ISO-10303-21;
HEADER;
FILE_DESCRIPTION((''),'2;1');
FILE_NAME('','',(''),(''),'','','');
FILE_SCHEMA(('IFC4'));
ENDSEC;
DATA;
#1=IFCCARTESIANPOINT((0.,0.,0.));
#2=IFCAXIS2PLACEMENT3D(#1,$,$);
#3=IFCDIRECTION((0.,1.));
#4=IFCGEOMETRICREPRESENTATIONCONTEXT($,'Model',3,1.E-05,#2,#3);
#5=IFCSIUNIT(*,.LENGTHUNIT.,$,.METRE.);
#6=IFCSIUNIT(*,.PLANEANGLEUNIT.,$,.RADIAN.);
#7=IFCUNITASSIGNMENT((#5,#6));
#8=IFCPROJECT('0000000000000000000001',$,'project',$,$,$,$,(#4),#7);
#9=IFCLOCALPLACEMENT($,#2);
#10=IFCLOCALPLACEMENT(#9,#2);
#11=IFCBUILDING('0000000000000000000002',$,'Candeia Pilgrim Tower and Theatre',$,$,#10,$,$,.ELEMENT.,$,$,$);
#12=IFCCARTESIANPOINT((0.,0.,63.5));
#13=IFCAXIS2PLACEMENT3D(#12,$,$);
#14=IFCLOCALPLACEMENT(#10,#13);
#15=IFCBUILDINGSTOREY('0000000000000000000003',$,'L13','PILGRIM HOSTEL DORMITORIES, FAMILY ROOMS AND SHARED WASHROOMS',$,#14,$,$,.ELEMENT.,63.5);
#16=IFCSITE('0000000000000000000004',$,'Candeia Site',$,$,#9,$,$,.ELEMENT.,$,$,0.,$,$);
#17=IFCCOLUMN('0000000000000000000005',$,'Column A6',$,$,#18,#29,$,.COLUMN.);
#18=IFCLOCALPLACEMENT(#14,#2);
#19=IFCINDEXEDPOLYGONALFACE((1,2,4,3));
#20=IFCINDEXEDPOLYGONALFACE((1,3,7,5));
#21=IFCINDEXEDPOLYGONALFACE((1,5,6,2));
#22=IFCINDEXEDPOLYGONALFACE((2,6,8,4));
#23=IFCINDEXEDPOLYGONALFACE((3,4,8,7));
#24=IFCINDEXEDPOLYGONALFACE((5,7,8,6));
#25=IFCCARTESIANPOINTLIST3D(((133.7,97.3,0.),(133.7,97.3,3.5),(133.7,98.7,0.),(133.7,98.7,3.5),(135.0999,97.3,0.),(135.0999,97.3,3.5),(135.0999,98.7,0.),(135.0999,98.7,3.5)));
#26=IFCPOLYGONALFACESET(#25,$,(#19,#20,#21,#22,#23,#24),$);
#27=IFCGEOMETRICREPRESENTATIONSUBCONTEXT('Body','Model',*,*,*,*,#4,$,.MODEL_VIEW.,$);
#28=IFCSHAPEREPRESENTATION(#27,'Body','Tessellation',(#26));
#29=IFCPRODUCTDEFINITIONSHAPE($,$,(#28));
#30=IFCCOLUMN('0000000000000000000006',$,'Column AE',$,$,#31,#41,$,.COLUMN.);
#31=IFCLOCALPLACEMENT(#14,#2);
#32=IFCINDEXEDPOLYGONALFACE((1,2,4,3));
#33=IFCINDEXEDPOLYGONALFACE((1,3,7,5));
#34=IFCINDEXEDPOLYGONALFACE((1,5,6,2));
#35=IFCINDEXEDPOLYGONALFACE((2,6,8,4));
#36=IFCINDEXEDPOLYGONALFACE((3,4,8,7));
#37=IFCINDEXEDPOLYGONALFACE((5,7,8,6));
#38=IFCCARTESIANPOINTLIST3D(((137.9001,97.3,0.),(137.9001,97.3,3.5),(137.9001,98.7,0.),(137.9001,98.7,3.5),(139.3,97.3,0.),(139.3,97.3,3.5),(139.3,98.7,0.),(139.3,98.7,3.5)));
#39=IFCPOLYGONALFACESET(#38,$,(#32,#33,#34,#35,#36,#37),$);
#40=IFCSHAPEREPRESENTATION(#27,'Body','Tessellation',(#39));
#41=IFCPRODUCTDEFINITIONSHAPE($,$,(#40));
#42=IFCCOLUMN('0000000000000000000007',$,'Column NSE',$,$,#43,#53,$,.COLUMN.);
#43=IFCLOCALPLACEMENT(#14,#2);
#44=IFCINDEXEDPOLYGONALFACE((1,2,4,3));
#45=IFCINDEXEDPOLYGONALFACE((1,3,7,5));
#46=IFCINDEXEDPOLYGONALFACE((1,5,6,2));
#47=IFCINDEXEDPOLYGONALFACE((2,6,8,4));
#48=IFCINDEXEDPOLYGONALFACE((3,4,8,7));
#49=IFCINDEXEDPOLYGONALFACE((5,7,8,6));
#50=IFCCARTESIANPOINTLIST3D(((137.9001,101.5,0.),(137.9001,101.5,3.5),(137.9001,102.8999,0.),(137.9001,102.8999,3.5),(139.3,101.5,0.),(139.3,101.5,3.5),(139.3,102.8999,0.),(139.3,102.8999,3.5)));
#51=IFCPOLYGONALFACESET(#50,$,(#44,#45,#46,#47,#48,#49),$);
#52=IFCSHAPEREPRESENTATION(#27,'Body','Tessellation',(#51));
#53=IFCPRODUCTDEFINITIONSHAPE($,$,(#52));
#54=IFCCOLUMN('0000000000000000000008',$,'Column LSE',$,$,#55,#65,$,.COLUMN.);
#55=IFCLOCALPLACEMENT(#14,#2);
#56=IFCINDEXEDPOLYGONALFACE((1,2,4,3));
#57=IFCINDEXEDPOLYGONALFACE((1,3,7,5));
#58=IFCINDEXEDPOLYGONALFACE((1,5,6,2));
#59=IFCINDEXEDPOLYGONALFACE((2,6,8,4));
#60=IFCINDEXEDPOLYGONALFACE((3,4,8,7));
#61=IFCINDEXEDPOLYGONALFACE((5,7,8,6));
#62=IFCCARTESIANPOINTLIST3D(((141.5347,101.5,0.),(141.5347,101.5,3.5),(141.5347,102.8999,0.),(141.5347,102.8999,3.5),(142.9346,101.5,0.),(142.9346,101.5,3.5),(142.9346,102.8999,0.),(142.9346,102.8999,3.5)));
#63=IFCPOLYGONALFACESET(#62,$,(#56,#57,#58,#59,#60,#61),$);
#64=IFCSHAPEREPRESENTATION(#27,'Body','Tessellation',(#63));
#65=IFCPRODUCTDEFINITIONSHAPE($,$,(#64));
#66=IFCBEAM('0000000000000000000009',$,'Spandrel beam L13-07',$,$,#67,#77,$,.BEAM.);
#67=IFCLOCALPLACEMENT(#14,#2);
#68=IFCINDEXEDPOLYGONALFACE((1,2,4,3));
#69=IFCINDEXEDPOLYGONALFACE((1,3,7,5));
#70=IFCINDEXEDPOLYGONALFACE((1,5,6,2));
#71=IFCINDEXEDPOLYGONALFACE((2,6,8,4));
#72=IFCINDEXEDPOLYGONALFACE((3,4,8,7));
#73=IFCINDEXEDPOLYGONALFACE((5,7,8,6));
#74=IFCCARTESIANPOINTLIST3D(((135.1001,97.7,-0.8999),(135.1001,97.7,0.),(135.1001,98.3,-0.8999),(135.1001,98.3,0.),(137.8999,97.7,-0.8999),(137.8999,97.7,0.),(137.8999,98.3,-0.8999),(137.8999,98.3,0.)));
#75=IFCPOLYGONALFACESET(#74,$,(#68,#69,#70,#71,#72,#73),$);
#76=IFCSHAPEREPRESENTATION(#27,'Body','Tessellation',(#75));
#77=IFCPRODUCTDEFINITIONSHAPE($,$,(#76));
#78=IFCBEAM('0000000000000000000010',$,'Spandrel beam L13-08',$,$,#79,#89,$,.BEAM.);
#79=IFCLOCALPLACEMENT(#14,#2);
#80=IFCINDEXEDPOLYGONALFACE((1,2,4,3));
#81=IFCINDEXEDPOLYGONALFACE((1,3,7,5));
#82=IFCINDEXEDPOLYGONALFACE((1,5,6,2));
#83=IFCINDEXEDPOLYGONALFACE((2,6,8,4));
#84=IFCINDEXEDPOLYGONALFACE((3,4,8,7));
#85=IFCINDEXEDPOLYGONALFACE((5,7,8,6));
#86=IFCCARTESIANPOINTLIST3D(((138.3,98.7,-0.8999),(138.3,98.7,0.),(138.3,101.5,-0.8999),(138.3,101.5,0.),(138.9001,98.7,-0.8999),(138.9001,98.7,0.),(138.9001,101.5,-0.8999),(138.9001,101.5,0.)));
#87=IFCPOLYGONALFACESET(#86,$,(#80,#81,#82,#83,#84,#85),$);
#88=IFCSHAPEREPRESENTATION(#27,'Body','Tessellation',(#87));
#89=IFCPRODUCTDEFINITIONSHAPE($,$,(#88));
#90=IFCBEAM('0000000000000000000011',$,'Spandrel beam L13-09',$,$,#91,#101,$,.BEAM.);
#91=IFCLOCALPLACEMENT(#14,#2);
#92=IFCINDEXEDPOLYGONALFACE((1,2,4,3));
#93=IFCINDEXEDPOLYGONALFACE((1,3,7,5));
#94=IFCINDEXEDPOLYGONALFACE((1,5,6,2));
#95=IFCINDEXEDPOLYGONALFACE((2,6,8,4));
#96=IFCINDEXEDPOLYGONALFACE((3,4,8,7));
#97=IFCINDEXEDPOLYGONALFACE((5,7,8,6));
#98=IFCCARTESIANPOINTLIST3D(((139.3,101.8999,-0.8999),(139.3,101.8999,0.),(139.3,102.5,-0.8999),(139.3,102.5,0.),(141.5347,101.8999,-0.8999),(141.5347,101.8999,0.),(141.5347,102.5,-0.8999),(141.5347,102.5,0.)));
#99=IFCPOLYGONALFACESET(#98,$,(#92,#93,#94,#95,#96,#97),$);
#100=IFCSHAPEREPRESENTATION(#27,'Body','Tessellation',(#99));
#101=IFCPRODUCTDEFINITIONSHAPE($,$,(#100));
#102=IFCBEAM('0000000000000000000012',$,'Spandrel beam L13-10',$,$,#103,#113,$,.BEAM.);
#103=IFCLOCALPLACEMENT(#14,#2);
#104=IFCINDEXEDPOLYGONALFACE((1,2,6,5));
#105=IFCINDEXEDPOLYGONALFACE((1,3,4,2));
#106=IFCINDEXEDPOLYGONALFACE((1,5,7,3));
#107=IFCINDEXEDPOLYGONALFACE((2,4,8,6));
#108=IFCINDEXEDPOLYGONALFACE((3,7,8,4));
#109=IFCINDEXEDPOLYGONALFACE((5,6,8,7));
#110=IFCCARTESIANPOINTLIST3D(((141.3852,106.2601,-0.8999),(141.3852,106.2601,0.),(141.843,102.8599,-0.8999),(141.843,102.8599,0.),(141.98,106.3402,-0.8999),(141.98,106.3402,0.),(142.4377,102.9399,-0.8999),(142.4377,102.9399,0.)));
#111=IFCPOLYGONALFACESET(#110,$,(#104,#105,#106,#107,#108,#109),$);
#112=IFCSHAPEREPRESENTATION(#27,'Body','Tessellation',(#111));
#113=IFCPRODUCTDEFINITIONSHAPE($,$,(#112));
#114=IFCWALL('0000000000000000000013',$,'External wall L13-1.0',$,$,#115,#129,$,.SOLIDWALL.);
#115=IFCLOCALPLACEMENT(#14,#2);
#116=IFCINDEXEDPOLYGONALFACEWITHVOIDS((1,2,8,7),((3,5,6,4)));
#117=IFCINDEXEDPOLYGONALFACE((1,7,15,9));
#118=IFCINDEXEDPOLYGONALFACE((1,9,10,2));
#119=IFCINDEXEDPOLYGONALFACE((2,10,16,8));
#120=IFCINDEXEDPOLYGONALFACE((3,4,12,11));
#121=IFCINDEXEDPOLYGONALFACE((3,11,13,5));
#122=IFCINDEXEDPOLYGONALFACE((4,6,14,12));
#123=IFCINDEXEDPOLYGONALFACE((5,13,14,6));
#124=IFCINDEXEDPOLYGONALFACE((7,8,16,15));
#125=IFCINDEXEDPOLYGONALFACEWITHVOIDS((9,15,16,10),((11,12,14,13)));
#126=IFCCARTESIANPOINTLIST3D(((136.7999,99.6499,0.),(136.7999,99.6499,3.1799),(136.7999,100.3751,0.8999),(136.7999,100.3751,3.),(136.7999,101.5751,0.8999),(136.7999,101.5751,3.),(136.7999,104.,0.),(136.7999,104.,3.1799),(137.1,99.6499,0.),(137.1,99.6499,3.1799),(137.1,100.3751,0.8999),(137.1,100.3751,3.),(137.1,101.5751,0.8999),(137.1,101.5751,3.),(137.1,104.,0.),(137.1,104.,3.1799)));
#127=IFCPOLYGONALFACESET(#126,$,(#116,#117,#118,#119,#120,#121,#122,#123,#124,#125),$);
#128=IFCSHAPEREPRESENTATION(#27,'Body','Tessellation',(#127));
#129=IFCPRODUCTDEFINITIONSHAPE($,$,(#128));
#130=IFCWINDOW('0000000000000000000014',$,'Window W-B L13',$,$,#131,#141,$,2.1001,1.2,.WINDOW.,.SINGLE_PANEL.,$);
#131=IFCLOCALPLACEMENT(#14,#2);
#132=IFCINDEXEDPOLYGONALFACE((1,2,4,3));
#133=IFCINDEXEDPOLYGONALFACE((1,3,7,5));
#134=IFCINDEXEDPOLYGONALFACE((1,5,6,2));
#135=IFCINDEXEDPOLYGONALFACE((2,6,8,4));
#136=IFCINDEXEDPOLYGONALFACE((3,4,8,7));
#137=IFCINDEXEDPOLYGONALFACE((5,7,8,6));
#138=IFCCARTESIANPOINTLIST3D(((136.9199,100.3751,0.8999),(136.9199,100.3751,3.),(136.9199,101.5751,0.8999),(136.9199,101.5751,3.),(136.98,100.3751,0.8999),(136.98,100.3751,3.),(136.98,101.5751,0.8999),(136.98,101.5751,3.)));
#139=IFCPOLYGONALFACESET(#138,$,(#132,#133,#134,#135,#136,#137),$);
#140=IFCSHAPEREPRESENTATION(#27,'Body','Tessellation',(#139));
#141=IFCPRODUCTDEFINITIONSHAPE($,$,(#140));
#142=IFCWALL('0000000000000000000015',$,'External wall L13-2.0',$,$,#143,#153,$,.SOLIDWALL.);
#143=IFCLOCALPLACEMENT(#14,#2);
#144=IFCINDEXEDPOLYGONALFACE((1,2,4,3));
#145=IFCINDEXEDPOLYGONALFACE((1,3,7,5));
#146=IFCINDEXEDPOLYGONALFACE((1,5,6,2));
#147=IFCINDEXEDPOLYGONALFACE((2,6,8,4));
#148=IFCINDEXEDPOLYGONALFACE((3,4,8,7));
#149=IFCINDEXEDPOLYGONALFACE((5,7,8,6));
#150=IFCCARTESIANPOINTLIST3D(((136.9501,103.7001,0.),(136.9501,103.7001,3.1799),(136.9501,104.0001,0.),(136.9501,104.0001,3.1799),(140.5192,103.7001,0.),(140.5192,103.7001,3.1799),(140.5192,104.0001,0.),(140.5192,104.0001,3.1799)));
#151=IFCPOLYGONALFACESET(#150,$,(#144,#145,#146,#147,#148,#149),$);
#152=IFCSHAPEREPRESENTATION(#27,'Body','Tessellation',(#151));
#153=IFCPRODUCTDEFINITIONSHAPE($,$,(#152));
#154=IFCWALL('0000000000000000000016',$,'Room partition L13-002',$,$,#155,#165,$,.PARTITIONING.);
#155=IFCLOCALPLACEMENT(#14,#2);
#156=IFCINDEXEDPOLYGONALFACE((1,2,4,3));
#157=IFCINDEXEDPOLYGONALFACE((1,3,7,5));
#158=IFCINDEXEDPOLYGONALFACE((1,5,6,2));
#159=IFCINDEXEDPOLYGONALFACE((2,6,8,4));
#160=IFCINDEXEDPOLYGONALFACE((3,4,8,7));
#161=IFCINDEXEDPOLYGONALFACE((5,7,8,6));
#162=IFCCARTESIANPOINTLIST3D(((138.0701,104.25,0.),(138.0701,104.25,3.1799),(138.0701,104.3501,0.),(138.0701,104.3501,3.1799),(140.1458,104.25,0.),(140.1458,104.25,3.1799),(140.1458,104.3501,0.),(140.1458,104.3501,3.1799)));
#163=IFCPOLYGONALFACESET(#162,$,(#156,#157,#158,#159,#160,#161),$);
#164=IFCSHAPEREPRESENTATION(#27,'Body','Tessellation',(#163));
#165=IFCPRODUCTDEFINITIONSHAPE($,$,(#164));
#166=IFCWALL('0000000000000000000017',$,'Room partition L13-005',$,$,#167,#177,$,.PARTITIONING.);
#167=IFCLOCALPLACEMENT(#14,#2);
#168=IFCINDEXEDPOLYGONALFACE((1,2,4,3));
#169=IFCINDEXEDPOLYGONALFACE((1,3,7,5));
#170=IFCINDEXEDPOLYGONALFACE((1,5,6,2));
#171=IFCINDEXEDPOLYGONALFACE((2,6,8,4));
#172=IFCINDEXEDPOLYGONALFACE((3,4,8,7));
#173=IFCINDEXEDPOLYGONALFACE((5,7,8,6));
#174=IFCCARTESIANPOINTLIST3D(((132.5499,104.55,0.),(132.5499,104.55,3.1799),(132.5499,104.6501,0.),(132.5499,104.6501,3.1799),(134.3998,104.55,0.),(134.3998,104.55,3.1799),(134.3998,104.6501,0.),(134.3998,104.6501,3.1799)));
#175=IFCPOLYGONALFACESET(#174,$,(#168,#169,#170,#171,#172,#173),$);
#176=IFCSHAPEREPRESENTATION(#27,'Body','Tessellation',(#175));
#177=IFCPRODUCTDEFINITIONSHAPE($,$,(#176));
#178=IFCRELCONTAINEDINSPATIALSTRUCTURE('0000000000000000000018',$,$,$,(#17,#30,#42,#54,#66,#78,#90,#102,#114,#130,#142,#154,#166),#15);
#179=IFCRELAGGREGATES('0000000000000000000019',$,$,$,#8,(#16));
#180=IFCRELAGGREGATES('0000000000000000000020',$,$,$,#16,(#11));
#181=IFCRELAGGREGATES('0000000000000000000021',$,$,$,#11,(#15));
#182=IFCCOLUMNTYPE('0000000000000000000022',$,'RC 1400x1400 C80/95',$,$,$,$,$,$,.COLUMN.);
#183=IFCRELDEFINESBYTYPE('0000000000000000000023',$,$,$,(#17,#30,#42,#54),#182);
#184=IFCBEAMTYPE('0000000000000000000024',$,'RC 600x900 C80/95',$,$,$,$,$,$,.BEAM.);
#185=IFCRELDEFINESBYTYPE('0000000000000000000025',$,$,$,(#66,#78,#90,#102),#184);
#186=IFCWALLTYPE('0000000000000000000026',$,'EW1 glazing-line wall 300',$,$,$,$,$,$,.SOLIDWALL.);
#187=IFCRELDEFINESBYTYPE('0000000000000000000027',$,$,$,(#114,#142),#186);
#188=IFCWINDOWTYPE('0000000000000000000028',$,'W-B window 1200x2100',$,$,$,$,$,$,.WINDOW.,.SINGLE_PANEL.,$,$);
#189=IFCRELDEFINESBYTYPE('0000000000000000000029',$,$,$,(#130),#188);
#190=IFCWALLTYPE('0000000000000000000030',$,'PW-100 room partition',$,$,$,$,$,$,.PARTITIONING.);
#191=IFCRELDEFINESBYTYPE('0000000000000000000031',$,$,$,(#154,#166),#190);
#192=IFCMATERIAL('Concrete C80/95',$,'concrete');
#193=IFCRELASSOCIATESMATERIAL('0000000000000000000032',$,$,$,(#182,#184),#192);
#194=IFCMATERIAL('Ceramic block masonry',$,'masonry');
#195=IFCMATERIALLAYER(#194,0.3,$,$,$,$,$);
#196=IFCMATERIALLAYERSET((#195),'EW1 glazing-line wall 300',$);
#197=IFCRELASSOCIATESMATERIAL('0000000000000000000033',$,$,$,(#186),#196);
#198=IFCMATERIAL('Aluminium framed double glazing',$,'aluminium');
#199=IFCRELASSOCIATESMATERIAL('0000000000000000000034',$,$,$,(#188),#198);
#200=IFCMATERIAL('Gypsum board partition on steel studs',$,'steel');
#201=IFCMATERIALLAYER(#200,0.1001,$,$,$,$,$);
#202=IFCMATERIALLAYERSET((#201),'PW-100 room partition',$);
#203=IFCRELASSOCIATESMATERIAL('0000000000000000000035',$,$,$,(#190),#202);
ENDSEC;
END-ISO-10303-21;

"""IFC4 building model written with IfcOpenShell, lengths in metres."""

from ifc_helpers import new_model, si_unit, direction, frame, frame_2d, origin, origin_2d, place, context, subcontext, project, spatial, rectangle, extrude, material, layer, layer_set, material_profile, profile_set, type_object, element, fill, save


model = new_model("IFC4")

# Units and contexts
model_context = context("Model", 3, precision=1e-05, world=origin(), true_north=direction((0.0, 1.0)))
body_context = subcontext(model_context, "Body", "Model", "MODEL_VIEW")
ifc_project = project(units=[si_unit("LENGTHUNIT", "METRE"), si_unit("PLANEANGLEUNIT", "RADIAN")], contexts=[model_context])

# Site, building, storey
site_placement = place(None, origin())
site = spatial("IfcSite", under=ifc_project, at=site_placement, Name="Candeia Site", CompositionType="ELEMENT", RefElevation=0.0)
building_placement = place(site_placement, origin())
building = spatial("IfcBuilding", under=site, at=building_placement, Name="Candeia Pilgrim Tower and Theatre", CompositionType="ELEMENT")
storey_placement = place(building_placement, frame((0.0, 0.0, 63.5)))
storey = spatial("IfcBuildingStorey", under=building, at=storey_placement, Name="L13", Description="PILGRIM HOSTEL DORMITORIES, FAMILY ROOMS AND SHARED WASHROOMS", CompositionType="ELEMENT", Elevation=63.5)

# Columns
ifc_material_1 = material(Name="Concrete C80/95", Category="concrete")
ifc_material_profile_1 = material_profile(ifc_material_1, rectangle(XDim=1.3999, YDim=1.3999, at=origin_2d()))
ifc_profile_set_1 = profile_set([ifc_material_profile_1], Name="Concrete C80/95")
column_type = type_object("IfcColumnType", Name="RC 1400x1400 C80/95", PredefinedType="COLUMN", material=ifc_profile_set_1)
for number, where, z_axis, x_axis, name in (
    (1, (134.3999, 98.0, 0.0), (0.0, 0.0, 1.0), (1.0, 0.0, 0.0), "Column A6"),
    (2, (138.6001, 98.0, 0.0), (0.0, 0.0, 1.0), (1.0, 0.0, 0.0), "Column AE"),
    (3, (138.6001, 102.2, 0.0), (0.0, 0.0, 1.0), (1.0, 0.0, 0.0), "Column NSE"),
    (4, (142.2346, 102.2, 0.0), (0.0, 0.0, 1.0), (1.0, 0.0, 0.0), "Column LSE"),
):
    element("IfcColumn", number, at=place(storey_placement, frame(where, z_axis=z_axis, x_axis=x_axis)), inside=storey, type_object=column_type, Name=name, PredefinedType="COLUMN", context=body_context, shape_type="SweptSolid", body=[
        extrude(rectangle(XDim=1.3999, YDim=1.3999, at=origin_2d()), origin(), (0.0, 0.0, 1.0), 3.5),
    ])

# Beams
ifc_material_profile_2 = material_profile(ifc_material_1, rectangle(XDim=0.6001, YDim=0.8999, at=origin_2d()))
ifc_profile_set_2 = profile_set([ifc_material_profile_2], Name="Concrete C80/95")
beam_type = type_object("IfcBeamType", Name="RC 600x900 C80/95", PredefinedType="BEAM", material=ifc_profile_set_2)
beam_1_placement = place(storey_placement, frame((135.1001, 98.0, -0.45), z_axis=(1.0, 0.0, 0.0), x_axis=(0.0, 1.0, 0.0)))
element("IfcBeam", 5, at=beam_1_placement, inside=storey, type_object=beam_type, Name="Spandrel beam L13-07", PredefinedType="BEAM", context=body_context, shape_type="SweptSolid", body=[
    extrude(rectangle(XDim=0.6001, YDim=0.8999, at=origin_2d()), origin(), (0.0, 0.0, 1.0), 2.7998),
])
beam_2_placement = place(storey_placement, frame((138.6001, 98.7, -0.45), z_axis=(0.0, 1.0, 0.0), x_axis=(-1.0, 0.0, 0.0)))
element("IfcBeam", 6, at=beam_2_placement, inside=storey, type_object=beam_type, Name="Spandrel beam L13-08", PredefinedType="BEAM", context=body_context, shape_type="SweptSolid", body=[
    extrude(rectangle(XDim=0.6001, YDim=0.8999, at=origin_2d()), origin(), (0.0, 0.0, 1.0), 2.8),
])
beam_3_placement = place(storey_placement, frame((139.3, 102.2, -0.45), z_axis=(1.0, 0.0, 0.0), x_axis=(0.0, 1.0, 0.0)))
element("IfcBeam", 7, at=beam_3_placement, inside=storey, type_object=beam_type, Name="Spandrel beam L13-09", PredefinedType="BEAM", context=body_context, shape_type="SweptSolid", body=[
    extrude(rectangle(XDim=0.6001, YDim=0.8999, at=origin_2d()), origin(), (0.0, 0.0, 1.0), 2.2346),
])
beam_4_placement = place(storey_placement, frame((142.1404, 102.8999, -0.45), z_axis=(-0.133427, 0.991059, 0.0), x_axis=(-0.991059, -0.133427, 0.0)))
element("IfcBeam", 8, at=beam_4_placement, inside=storey, type_object=beam_type, Name="Spandrel beam L13-10", PredefinedType="BEAM", context=body_context, shape_type="SweptSolid", body=[
    extrude(rectangle(XDim=0.6001, YDim=0.8999, at=origin_2d()), origin(), (0.0, 0.0, 1.0), 3.4309),
])

# Wall, opening, window
ifc_material_2 = material(Name="Ceramic block masonry", Category="masonry")
ifc_layer_1 = layer(ifc_material_2, 0.3)
ifc_layer_set_1 = layer_set([ifc_layer_1], Name="EW1 glazing-line wall 300")
wall_type_1 = type_object("IfcWallType", Name="EW1 glazing-line wall 300", PredefinedType="SOLIDWALL", material=ifc_layer_set_1)
wall_1_placement = place(storey_placement, frame((136.95, 99.6499, 0.0), z_axis=(0.0, 0.0, 1.0), x_axis=(0.0, 1.0, 0.0)))
wall_1 = element("IfcWall", 9, at=wall_1_placement, inside=storey, type_object=wall_type_1, Name="External wall L13-1.0", PredefinedType="SOLIDWALL", context=body_context, shape_type="SweptSolid", body=[
    extrude(rectangle(XDim=4.3501, YDim=0.3, at=frame_2d((2.175, 0.0))), origin(), (0.0, 0.0, 1.0), 3.1799),
])
opening_1_placement = place(wall_1_placement, frame((0.7251, 0.0, 0.8999)))
opening_1 = element("IfcOpeningElement", 10, at=opening_1_placement, cuts=wall_1, PredefinedType="OPENING", context=body_context, shape_type="SweptSolid", body=[
    extrude(rectangle(XDim=1.2, YDim=2.1001, at=frame_2d((0.6001, 1.05))), frame((0.0, 0.1602, 0.0), z_axis=(0.0, -1.0, 0.0), x_axis=(1.0, 0.0, 0.0)), (0.0, 0.0, 1.0), 0.3201),
])
ifc_material_3 = material(Name="Aluminium framed double glazing", Category="aluminium")
window_type = type_object("IfcWindowType", Name="W-B window 1200x2100", PartitioningType="SINGLE_PANEL", PredefinedType="WINDOW", material=ifc_material_3)
window_1_placement = place(opening_1_placement, origin())
window_1 = element("IfcWindow", 11, at=window_1_placement, inside=storey, type_object=window_type, Name="Window W-B L13", OverallHeight=2.1001, OverallWidth=1.2, PartitioningType="SINGLE_PANEL", PredefinedType="WINDOW", context=body_context, shape_type="SweptSolid", body=[
    extrude(rectangle(XDim=1.2, YDim=2.1001, at=frame_2d((0.6001, 1.05))), frame((0.0, 0.03, 0.0), z_axis=(0.0, -1.0, 0.0), x_axis=(1.0, 0.0, 0.0)), (0.0, 0.0, 1.0), 0.0601),
])
fill(opening_1, window_1)

# Wall
wall_2_placement = place(storey_placement, frame((136.95, 103.8501, 0.0), z_axis=(0.0, 0.0, 1.0), x_axis=(1.0, 0.0, 0.0)))
element("IfcWall", 12, at=wall_2_placement, inside=storey, type_object=wall_type_1, Name="External wall L13-2.0", PredefinedType="SOLIDWALL", context=body_context, shape_type="SweptSolid", body=[
    extrude(rectangle(XDim=3.5691, YDim=0.3, at=frame_2d((1.7847, 0.0))), origin(), (0.0, 0.0, 1.0), 3.1799),
])

# Walls
ifc_material_4 = material(Name="Gypsum board partition on steel studs", Category="steel")
ifc_layer_2 = layer(ifc_material_4, 0.1001)
ifc_layer_set_2 = layer_set([ifc_layer_2], Name="PW-100 room partition")
wall_type_2 = type_object("IfcWallType", Name="PW-100 room partition", PredefinedType="PARTITIONING", material=ifc_layer_set_2)
wall_3_placement = place(storey_placement, frame((138.0701, 104.3, 0.0), z_axis=(0.0, 0.0, 1.0), x_axis=(1.0, 0.0, 0.0)))
element("IfcWall", 13, at=wall_3_placement, inside=storey, type_object=wall_type_2, Name="Room partition L13-002", PredefinedType="PARTITIONING", context=body_context, shape_type="SweptSolid", body=[
    extrude(rectangle(XDim=2.0757, YDim=0.1001, at=frame_2d((1.0378, 0.0))), origin(), (0.0, 0.0, 1.0), 3.1799),
])
wall_4_placement = place(storey_placement, frame((132.55, 104.6001, 0.0), z_axis=(0.0, 0.0, 1.0), x_axis=(1.0, 0.0, 0.0)))
element("IfcWall", 14, at=wall_4_placement, inside=storey, type_object=wall_type_2, Name="Room partition L13-005", PredefinedType="PARTITIONING", context=body_context, shape_type="SweptSolid", body=[
    extrude(rectangle(XDim=1.8499, YDim=0.1001, at=frame_2d((0.9248, 0.0))), origin(), (0.0, 0.0, 1.0), 3.1799),
])

save(model, "model.ifc")
